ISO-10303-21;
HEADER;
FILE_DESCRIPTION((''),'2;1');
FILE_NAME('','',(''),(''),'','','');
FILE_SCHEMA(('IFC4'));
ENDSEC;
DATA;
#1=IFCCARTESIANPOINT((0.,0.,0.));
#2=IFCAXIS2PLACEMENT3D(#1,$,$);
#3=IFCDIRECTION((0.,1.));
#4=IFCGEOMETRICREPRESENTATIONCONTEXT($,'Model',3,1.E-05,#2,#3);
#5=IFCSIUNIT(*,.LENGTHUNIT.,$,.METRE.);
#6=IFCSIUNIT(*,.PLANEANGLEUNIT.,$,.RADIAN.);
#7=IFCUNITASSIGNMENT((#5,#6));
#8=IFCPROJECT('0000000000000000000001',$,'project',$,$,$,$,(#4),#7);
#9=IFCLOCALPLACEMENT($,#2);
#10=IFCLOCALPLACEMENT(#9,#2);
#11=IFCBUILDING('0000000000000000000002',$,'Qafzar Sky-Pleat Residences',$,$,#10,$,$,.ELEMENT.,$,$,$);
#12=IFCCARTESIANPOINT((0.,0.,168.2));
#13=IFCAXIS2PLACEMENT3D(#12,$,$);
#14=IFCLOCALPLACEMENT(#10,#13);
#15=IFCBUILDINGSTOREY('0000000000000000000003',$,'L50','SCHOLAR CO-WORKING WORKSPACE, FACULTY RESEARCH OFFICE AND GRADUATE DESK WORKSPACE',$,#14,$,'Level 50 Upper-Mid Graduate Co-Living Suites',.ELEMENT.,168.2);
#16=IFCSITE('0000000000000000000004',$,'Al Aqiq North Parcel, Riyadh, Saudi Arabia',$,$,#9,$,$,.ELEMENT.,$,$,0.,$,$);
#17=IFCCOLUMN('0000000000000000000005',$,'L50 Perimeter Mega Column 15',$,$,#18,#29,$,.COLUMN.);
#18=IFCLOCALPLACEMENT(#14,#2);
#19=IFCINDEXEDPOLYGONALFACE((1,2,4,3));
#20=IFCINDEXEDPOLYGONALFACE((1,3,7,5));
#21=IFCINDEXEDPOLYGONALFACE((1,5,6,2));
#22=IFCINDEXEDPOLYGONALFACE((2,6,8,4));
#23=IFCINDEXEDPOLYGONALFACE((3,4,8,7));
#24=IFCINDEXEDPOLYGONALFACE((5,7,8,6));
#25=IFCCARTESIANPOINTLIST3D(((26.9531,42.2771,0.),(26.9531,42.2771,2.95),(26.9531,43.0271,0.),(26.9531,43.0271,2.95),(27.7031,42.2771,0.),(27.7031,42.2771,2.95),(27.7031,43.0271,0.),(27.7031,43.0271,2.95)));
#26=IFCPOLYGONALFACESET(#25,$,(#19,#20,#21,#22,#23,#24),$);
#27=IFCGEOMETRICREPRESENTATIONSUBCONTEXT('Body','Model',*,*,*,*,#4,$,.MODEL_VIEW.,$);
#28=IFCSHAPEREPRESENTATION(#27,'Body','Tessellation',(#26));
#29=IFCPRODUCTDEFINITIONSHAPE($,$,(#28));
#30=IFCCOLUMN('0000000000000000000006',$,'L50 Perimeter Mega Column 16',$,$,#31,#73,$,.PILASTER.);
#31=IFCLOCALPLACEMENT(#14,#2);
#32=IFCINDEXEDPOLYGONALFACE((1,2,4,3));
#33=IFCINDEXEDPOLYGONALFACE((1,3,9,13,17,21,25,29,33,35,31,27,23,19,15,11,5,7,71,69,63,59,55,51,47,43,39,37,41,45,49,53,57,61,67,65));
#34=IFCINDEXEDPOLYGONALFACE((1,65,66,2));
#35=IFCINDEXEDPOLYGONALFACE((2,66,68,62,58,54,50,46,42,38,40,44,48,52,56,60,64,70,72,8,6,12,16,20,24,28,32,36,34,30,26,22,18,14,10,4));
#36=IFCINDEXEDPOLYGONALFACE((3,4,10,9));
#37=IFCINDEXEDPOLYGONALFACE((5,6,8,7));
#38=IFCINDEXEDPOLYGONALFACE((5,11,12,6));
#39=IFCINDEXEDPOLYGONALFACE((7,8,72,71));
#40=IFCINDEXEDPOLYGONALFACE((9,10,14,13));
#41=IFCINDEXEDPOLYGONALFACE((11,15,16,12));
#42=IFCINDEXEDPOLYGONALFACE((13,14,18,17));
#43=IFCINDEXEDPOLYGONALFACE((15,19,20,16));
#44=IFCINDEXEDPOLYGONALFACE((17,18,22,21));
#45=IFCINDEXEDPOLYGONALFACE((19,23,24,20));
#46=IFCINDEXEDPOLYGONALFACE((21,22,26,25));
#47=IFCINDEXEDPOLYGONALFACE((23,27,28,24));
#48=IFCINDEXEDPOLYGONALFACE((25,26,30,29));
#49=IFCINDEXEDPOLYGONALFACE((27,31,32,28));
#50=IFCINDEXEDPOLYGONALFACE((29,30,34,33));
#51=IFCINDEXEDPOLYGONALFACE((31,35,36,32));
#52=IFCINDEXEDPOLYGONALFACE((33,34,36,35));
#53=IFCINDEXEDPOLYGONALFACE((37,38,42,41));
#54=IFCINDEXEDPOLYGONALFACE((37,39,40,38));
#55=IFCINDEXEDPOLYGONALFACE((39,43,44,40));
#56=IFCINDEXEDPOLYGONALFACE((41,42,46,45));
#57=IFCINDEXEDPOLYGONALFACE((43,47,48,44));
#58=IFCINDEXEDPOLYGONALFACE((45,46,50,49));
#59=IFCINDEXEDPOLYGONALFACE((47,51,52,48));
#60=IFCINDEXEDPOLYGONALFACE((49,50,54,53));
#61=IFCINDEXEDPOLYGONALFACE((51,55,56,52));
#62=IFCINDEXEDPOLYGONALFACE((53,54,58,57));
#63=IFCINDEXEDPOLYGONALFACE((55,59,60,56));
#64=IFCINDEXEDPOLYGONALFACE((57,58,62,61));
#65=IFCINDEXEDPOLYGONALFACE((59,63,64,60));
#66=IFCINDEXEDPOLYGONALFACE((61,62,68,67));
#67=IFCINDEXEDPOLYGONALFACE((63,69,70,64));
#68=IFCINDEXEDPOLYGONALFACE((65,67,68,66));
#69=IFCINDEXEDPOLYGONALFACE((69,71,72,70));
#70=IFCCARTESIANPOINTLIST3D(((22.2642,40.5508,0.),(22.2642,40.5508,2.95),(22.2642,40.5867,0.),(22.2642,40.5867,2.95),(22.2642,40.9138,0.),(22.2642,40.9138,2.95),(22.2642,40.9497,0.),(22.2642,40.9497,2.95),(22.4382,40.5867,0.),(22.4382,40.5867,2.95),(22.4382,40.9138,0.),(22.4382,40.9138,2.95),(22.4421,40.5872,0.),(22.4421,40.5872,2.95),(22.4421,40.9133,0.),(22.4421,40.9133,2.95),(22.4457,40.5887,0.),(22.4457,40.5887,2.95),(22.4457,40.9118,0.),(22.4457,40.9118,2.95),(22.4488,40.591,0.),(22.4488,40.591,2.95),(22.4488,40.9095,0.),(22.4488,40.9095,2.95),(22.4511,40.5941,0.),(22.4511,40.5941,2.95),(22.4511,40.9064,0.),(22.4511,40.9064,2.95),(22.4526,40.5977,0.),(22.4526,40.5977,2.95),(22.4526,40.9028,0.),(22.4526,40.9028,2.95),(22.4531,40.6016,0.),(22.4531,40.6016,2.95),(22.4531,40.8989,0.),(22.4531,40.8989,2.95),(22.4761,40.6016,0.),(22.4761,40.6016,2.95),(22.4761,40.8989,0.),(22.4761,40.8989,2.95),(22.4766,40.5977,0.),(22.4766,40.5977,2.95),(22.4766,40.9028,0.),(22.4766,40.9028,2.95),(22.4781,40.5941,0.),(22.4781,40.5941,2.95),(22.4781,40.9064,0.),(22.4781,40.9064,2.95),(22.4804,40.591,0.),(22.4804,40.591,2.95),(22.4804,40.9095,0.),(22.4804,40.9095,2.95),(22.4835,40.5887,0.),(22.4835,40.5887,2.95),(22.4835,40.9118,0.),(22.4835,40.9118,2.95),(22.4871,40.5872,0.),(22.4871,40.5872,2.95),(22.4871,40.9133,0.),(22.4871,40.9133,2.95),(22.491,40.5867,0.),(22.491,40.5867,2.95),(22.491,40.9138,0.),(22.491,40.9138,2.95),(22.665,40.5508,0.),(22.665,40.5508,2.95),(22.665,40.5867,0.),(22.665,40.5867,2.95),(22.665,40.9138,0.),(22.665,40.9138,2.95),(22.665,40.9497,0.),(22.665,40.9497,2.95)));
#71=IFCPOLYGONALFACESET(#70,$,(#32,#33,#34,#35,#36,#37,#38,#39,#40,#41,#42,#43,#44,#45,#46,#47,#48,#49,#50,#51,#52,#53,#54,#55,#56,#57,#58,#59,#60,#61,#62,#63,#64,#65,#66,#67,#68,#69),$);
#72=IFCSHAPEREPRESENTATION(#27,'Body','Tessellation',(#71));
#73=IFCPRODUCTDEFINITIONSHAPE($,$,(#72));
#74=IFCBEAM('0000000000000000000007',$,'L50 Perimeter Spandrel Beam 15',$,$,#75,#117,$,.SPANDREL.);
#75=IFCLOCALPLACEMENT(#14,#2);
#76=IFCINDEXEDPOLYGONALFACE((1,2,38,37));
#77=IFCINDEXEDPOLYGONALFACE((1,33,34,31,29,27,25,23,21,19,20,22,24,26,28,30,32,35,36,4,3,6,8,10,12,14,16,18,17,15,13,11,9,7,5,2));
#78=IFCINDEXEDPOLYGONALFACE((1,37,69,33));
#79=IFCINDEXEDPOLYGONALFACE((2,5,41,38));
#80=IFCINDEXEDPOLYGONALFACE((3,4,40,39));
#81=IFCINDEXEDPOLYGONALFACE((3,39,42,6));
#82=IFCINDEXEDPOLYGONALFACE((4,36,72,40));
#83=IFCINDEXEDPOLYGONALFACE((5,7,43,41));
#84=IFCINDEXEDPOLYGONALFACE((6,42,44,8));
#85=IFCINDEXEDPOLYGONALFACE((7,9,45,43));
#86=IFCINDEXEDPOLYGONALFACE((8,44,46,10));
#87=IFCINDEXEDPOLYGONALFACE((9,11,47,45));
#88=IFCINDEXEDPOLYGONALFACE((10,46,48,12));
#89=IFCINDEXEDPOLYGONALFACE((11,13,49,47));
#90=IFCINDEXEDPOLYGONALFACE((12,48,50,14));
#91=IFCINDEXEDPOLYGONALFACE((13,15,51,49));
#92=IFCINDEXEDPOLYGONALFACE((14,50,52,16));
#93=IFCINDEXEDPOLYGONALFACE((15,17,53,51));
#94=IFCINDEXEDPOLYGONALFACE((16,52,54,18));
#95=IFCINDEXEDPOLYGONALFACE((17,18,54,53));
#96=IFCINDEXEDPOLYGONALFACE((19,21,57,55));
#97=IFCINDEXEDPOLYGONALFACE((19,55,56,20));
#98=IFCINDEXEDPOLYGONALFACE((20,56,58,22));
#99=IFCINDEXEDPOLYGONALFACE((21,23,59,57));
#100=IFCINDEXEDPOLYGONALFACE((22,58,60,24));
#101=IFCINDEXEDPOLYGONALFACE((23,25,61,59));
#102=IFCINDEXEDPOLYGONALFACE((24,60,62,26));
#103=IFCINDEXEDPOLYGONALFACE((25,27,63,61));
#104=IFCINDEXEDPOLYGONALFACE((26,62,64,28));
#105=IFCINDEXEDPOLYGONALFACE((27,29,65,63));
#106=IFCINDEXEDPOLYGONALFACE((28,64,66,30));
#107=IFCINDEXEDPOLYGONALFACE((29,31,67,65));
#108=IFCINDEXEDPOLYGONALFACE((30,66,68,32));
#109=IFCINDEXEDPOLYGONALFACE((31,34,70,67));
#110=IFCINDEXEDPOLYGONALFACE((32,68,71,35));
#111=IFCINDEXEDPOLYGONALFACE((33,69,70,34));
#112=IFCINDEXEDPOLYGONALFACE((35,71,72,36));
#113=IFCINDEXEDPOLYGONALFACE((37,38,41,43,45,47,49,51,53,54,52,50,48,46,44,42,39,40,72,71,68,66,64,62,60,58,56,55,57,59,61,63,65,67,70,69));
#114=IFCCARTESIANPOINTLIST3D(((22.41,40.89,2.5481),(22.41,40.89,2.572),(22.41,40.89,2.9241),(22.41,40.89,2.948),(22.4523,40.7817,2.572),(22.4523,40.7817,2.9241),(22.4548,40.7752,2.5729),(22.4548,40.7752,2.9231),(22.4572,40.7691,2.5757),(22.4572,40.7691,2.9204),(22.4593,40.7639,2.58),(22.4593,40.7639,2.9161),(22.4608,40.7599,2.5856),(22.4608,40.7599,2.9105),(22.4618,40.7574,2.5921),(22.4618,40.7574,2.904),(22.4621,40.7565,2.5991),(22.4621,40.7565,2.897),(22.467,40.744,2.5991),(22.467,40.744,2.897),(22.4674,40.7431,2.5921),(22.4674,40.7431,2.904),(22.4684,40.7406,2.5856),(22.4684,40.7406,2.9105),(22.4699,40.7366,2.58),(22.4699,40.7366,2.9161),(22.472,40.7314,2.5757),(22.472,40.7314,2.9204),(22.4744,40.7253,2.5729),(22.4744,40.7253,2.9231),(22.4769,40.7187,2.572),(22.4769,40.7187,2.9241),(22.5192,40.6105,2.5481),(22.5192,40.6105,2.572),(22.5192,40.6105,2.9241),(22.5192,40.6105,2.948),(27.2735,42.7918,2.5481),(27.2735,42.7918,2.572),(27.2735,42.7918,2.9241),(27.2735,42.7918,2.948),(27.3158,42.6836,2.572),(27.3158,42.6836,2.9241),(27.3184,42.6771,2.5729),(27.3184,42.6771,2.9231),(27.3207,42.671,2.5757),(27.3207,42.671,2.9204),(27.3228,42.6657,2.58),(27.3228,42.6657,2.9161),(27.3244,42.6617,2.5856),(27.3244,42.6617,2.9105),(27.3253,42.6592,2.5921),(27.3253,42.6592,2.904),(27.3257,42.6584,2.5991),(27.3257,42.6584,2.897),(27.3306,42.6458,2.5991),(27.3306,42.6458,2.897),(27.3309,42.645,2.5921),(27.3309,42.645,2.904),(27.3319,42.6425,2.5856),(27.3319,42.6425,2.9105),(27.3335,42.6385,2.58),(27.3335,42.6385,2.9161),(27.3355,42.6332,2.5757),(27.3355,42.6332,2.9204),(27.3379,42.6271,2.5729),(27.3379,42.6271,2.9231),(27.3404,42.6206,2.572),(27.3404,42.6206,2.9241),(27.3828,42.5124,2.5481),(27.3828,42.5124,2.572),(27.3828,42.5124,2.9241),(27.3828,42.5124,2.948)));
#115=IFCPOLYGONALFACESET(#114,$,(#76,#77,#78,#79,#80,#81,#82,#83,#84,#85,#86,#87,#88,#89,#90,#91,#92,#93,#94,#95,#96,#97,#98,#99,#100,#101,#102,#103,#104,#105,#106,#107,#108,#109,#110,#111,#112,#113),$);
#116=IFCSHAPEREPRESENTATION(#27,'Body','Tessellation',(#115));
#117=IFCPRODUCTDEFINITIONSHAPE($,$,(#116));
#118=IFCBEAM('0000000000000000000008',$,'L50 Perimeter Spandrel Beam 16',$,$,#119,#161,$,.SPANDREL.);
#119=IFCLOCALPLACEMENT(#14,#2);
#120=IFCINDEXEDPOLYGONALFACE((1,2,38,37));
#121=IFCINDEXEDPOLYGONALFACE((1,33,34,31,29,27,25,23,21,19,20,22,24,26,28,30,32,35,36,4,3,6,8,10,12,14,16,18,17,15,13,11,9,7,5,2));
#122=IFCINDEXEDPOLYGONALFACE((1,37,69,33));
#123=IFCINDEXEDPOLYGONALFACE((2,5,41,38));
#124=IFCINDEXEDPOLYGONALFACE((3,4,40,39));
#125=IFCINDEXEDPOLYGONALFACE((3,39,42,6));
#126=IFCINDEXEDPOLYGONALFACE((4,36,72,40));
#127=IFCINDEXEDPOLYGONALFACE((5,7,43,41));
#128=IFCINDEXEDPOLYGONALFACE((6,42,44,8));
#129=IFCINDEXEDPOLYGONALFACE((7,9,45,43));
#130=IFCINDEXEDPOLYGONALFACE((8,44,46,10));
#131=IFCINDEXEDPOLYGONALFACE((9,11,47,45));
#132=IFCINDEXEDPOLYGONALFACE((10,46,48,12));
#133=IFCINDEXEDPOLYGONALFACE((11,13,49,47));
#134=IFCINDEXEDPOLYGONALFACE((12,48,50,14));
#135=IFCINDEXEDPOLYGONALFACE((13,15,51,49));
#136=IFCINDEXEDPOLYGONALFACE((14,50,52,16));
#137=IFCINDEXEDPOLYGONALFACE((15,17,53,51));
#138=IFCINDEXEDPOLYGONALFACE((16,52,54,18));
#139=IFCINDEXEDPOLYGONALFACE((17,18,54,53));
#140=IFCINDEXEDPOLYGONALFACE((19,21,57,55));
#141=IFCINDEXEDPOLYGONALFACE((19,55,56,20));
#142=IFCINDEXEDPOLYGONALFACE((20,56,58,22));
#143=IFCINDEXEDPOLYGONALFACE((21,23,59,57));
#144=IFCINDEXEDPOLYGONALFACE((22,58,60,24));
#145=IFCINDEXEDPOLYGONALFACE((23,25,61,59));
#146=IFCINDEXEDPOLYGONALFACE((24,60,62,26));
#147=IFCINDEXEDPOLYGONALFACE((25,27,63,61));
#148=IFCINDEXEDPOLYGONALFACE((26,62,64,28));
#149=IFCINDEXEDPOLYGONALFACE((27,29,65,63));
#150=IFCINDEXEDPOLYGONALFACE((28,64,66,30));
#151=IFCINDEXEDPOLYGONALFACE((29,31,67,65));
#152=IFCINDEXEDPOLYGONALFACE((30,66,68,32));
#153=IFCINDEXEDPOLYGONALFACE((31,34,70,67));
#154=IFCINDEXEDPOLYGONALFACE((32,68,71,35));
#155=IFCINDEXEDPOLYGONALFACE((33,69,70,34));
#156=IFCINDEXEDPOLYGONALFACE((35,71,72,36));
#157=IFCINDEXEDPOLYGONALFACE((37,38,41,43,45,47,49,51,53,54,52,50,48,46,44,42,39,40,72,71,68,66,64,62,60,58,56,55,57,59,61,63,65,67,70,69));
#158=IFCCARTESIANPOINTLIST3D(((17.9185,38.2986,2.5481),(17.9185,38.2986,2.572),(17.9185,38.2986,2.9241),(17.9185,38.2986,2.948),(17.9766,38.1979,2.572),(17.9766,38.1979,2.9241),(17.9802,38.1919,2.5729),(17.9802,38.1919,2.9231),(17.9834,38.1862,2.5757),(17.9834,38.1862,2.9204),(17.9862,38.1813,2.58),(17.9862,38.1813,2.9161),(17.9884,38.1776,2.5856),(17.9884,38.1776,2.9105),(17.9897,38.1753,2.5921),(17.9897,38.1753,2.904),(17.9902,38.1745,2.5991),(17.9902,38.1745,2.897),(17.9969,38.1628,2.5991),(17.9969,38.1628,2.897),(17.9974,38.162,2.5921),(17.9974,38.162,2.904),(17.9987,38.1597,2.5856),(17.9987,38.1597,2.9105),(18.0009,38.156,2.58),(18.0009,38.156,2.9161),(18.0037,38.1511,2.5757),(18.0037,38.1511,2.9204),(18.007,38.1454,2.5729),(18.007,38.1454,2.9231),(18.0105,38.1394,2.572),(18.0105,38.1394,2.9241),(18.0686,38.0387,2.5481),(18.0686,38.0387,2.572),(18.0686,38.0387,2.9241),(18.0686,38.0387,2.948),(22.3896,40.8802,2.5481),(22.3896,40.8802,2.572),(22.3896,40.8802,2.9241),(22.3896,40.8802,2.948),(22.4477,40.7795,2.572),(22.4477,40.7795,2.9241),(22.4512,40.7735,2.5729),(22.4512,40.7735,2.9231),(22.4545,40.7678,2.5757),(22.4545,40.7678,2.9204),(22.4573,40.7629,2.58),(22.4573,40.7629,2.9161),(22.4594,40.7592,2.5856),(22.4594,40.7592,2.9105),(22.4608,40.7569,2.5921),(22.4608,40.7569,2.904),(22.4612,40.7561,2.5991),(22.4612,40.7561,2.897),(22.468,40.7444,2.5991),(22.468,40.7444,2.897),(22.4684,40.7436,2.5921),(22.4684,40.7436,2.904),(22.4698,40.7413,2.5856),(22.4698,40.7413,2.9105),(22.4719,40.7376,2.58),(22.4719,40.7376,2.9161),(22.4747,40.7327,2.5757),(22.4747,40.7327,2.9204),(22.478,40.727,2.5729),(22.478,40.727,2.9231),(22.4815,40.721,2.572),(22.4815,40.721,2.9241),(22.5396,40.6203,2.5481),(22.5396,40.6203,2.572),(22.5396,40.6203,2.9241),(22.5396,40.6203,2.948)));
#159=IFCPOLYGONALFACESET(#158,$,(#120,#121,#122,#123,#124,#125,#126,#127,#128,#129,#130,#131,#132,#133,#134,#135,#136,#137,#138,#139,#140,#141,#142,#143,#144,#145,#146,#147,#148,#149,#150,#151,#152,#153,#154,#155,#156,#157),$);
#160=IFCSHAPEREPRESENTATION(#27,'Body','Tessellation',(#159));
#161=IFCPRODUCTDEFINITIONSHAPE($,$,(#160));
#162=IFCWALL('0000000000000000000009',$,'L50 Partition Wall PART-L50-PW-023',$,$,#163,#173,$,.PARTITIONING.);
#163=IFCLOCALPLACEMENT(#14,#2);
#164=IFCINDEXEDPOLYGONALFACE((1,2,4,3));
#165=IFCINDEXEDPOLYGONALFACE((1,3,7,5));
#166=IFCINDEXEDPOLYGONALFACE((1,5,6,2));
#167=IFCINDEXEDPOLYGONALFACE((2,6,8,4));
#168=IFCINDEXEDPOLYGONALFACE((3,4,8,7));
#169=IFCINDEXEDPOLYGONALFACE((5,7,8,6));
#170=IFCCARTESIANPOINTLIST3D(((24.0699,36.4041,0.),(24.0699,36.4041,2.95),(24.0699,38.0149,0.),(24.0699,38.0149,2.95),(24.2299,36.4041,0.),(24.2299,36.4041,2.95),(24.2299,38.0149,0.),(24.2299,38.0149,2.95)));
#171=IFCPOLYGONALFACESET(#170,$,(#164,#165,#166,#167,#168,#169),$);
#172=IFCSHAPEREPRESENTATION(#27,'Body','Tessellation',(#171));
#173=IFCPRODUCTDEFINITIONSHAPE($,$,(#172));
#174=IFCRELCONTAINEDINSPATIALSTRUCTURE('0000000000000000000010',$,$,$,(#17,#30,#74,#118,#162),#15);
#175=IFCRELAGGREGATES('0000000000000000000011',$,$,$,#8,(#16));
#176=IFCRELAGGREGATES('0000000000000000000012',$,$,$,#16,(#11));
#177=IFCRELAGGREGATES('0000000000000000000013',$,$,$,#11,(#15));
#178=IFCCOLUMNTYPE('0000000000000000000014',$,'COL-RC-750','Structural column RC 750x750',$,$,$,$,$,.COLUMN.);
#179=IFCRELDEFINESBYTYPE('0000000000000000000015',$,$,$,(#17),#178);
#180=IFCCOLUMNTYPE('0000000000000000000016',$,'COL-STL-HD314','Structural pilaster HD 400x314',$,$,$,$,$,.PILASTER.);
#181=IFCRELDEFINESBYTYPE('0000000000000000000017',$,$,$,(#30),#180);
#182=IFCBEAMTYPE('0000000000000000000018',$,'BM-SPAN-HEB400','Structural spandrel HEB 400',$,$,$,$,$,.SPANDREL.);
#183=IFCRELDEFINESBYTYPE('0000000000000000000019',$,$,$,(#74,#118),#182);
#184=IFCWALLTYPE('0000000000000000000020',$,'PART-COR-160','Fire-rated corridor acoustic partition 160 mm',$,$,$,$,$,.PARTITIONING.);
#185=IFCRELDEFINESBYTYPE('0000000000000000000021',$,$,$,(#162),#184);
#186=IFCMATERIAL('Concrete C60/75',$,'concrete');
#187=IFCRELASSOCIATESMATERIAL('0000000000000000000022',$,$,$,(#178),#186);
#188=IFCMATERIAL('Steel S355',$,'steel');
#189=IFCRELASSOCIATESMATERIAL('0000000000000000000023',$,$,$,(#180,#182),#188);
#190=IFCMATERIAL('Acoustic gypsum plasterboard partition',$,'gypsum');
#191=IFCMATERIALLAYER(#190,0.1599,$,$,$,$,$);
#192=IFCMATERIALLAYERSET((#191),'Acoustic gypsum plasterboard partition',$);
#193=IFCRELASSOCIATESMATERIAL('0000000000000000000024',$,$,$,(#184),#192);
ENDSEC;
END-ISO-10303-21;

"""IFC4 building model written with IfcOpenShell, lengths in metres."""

from ifc_helpers import new_model, si_unit, direction, frame, frame_2d, origin, origin_2d, place, context, subcontext, project, spatial, rectangle, i_section, extrude, source, transform, mapped, material, layer, layer_set, material_profile, profile_set, type_object, element, save


model = new_model("IFC4")

# Units and contexts
model_context = context("Model", 3, precision=1e-05, world=origin(), true_north=direction((0.0, 1.0)))
body_context = subcontext(model_context, "Body", "Model", "MODEL_VIEW")
ifc_project = project(units=[si_unit("LENGTHUNIT", "METRE"), si_unit("PLANEANGLEUNIT", "RADIAN")], contexts=[model_context])

# Site, building, storey
site_placement = place(None, origin())
site = spatial("IfcSite", under=ifc_project, at=site_placement, Name="Al Aqiq North Parcel, Riyadh, Saudi Arabia", CompositionType="ELEMENT", RefElevation=0.0)
building_placement = place(site_placement, origin())
building = spatial("IfcBuilding", under=site, at=building_placement, Name="Qafzar Sky-Pleat Residences", CompositionType="ELEMENT")
storey_placement = place(building_placement, frame((0.0, 0.0, 168.2)))
storey = spatial("IfcBuildingStorey", under=building, at=storey_placement, Name="L50", Description="SCHOLAR CO-WORKING WORKSPACE, FACULTY RESEARCH OFFICE AND GRADUATE DESK WORKSPACE", LongName="Level 50 Upper-Mid Graduate Co-Living Suites", CompositionType="ELEMENT", Elevation=168.2)

# Columns
ifc_material_1 = material(Name="Concrete C60/75", Category="concrete")
ifc_material_profile_1 = material_profile(ifc_material_1, rectangle(XDim=0.75, YDim=0.75, at=origin_2d()), Name="RC 750x750")
ifc_profile_set_1 = profile_set([ifc_material_profile_1], Name="Concrete C60/75")
column_type_1 = type_object("IfcColumnType", Name="COL-RC-750", Description="Structural column RC 750x750", PredefinedType="COLUMN", material=ifc_profile_set_1)
shared_shape_1 = source(origin(), body_context, "Body", "SweptSolid", [
    extrude(rectangle(XDim=0.75, YDim=0.75, at=origin_2d()), origin(), (0.0, 0.0, 1.0), 2.95),
])
column_1_placement = place(storey_placement, frame((27.3281, 42.6521, 0.0), z_axis=(0.0, 0.0, 1.0), x_axis=(1.0, 0.0, 0.0)))
element("IfcColumn", 1, at=column_1_placement, inside=storey, type_object=column_type_1, Name="L50 Perimeter Mega Column 15", PredefinedType="COLUMN", context=body_context, shape_type="MappedRepresentation", body=[
    mapped(shared_shape_1, transform((0.0, 0.0, 0.0), x_axis=(1.0, 0.0, 0.0), y_axis=(0.0, 1.0, 0.0), z_axis=(0.0, 0.0, 1.0), scale=1.0)),
])
ifc_material_2 = material(Name="Steel S355", Category="steel")
ifc_material_profile_2 = material_profile(ifc_material_2, i_section(OverallWidth=0.4009, OverallDepth=0.3989, WebThickness=0.0229, FlangeThickness=0.0359, FilletRadius=0.0149, at=origin_2d()), Name="HD 400x314")
ifc_profile_set_2 = profile_set([ifc_material_profile_2], Name="Steel S355")
column_type_2 = type_object("IfcColumnType", Name="COL-STL-HD314", Description="Structural pilaster HD 400x314", PredefinedType="PILASTER", material=ifc_profile_set_2)
shared_shape_2 = source(origin(), body_context, "Body", "SweptSolid", [
    extrude(i_section(OverallWidth=0.4009, OverallDepth=0.3989, WebThickness=0.0229, FlangeThickness=0.0359, FilletRadius=0.0149, at=origin_2d()), origin(), (0.0, 0.0, 1.0), 2.95),
])
column_2_placement = place(storey_placement, frame((22.4646, 40.7502, 0.0), z_axis=(0.0, 0.0, 1.0), x_axis=(1.0, 0.0, 0.0)))
element("IfcColumn", 2, at=column_2_placement, inside=storey, type_object=column_type_2, Name="L50 Perimeter Mega Column 16", PredefinedType="PILASTER", context=body_context, shape_type="MappedRepresentation", body=[
    mapped(shared_shape_2, transform((0.0, 0.0, 0.0), x_axis=(1.0, 0.0, 0.0), y_axis=(0.0, 1.0, 0.0), z_axis=(0.0, 0.0, 1.0), scale=1.0)),
])

# Beams
ifc_material_profile_3 = material_profile(ifc_material_2, i_section(OverallWidth=0.3, OverallDepth=0.3999, WebThickness=0.0134, FlangeThickness=0.0239, FilletRadius=0.0271, at=origin_2d()), Name="HEB 400")
ifc_profile_set_3 = profile_set([ifc_material_profile_3], Name="Steel S355")
beam_type = type_object("IfcBeamType", Name="BM-SPAN-HEB400", Description="Structural spandrel HEB 400", PredefinedType="SPANDREL", material=ifc_profile_set_3)
shared_shape_3 = source(origin(), body_context, "Body", "SweptSolid", [
    extrude(i_section(OverallWidth=0.3, OverallDepth=0.3999, WebThickness=0.0134, FlangeThickness=0.0239, FilletRadius=0.0271, at=origin_2d()), origin(), (0.0, 0.0, 1.0), 5.2222),
])
beam_1_placement = place(storey_placement, frame((27.3281, 42.6521, 2.748), z_axis=(-0.931325, -0.36419, 0.0), x_axis=(0.36419, -0.931325, 0.0)))
element("IfcBeam", 3, at=beam_1_placement, inside=storey, type_object=beam_type, Name="L50 Perimeter Spandrel Beam 15", PredefinedType="SPANDREL", context=body_context, shape_type="MappedRepresentation", body=[
    mapped(shared_shape_3, transform((0.0, 0.0, 0.0), x_axis=(1.0, 0.0, 0.0), y_axis=(0.0, 1.0, 0.0), z_axis=(0.0, 0.0, 1.0), scale=1.0)),
])
shared_shape_4 = source(origin(), body_context, "Body", "SweptSolid", [
    extrude(i_section(OverallWidth=0.3, OverallDepth=0.3999, WebThickness=0.0134, FlangeThickness=0.0239, FilletRadius=0.0271, at=origin_2d()), origin(), (0.0, 0.0, 1.0), 5.1628),
])
beam_2_placement = place(storey_placement, frame((22.4646, 40.7502, 2.748), z_axis=(-0.866005, -0.500035, 0.0), x_axis=(0.500035, -0.866005, 0.0)))
element("IfcBeam", 4, at=beam_2_placement, inside=storey, type_object=beam_type, Name="L50 Perimeter Spandrel Beam 16", PredefinedType="SPANDREL", context=body_context, shape_type="MappedRepresentation", body=[
    mapped(shared_shape_4, transform((0.0, 0.0, 0.0), x_axis=(1.0, 0.0, 0.0), y_axis=(0.0, 1.0, 0.0), z_axis=(0.0, 0.0, 1.0), scale=1.0)),
])

# Wall
ifc_material_3 = material(Name="Acoustic gypsum plasterboard partition", Category="gypsum")
ifc_layer_1 = layer(ifc_material_3, 0.1599)
ifc_layer_set_1 = layer_set([ifc_layer_1], Name="Acoustic gypsum plasterboard partition")
wall_type_1 = type_object("IfcWallType", Name="PART-COR-160", Description="Fire-rated corridor acoustic partition 160 mm", PredefinedType="PARTITIONING", material=ifc_layer_set_1)
wall_1_placement = place(storey_placement, frame((24.1499, 36.4041, 0.0), z_axis=(0.0, 0.0, 1.0), x_axis=(0.0, 1.0, 0.0)))
element("IfcWall", 5, at=wall_1_placement, inside=storey, type_object=wall_type_1, Name="L50 Partition Wall PART-L50-PW-023", PredefinedType="PARTITIONING", context=body_context, shape_type="SweptSolid", body=[
    extrude(rectangle(XDim=1.6108, YDim=0.1599, at=frame_2d((0.8054, 0.0))), origin(), (0.0, 0.0, 1.0), 2.95),
])

save(model, "model.ifc")
